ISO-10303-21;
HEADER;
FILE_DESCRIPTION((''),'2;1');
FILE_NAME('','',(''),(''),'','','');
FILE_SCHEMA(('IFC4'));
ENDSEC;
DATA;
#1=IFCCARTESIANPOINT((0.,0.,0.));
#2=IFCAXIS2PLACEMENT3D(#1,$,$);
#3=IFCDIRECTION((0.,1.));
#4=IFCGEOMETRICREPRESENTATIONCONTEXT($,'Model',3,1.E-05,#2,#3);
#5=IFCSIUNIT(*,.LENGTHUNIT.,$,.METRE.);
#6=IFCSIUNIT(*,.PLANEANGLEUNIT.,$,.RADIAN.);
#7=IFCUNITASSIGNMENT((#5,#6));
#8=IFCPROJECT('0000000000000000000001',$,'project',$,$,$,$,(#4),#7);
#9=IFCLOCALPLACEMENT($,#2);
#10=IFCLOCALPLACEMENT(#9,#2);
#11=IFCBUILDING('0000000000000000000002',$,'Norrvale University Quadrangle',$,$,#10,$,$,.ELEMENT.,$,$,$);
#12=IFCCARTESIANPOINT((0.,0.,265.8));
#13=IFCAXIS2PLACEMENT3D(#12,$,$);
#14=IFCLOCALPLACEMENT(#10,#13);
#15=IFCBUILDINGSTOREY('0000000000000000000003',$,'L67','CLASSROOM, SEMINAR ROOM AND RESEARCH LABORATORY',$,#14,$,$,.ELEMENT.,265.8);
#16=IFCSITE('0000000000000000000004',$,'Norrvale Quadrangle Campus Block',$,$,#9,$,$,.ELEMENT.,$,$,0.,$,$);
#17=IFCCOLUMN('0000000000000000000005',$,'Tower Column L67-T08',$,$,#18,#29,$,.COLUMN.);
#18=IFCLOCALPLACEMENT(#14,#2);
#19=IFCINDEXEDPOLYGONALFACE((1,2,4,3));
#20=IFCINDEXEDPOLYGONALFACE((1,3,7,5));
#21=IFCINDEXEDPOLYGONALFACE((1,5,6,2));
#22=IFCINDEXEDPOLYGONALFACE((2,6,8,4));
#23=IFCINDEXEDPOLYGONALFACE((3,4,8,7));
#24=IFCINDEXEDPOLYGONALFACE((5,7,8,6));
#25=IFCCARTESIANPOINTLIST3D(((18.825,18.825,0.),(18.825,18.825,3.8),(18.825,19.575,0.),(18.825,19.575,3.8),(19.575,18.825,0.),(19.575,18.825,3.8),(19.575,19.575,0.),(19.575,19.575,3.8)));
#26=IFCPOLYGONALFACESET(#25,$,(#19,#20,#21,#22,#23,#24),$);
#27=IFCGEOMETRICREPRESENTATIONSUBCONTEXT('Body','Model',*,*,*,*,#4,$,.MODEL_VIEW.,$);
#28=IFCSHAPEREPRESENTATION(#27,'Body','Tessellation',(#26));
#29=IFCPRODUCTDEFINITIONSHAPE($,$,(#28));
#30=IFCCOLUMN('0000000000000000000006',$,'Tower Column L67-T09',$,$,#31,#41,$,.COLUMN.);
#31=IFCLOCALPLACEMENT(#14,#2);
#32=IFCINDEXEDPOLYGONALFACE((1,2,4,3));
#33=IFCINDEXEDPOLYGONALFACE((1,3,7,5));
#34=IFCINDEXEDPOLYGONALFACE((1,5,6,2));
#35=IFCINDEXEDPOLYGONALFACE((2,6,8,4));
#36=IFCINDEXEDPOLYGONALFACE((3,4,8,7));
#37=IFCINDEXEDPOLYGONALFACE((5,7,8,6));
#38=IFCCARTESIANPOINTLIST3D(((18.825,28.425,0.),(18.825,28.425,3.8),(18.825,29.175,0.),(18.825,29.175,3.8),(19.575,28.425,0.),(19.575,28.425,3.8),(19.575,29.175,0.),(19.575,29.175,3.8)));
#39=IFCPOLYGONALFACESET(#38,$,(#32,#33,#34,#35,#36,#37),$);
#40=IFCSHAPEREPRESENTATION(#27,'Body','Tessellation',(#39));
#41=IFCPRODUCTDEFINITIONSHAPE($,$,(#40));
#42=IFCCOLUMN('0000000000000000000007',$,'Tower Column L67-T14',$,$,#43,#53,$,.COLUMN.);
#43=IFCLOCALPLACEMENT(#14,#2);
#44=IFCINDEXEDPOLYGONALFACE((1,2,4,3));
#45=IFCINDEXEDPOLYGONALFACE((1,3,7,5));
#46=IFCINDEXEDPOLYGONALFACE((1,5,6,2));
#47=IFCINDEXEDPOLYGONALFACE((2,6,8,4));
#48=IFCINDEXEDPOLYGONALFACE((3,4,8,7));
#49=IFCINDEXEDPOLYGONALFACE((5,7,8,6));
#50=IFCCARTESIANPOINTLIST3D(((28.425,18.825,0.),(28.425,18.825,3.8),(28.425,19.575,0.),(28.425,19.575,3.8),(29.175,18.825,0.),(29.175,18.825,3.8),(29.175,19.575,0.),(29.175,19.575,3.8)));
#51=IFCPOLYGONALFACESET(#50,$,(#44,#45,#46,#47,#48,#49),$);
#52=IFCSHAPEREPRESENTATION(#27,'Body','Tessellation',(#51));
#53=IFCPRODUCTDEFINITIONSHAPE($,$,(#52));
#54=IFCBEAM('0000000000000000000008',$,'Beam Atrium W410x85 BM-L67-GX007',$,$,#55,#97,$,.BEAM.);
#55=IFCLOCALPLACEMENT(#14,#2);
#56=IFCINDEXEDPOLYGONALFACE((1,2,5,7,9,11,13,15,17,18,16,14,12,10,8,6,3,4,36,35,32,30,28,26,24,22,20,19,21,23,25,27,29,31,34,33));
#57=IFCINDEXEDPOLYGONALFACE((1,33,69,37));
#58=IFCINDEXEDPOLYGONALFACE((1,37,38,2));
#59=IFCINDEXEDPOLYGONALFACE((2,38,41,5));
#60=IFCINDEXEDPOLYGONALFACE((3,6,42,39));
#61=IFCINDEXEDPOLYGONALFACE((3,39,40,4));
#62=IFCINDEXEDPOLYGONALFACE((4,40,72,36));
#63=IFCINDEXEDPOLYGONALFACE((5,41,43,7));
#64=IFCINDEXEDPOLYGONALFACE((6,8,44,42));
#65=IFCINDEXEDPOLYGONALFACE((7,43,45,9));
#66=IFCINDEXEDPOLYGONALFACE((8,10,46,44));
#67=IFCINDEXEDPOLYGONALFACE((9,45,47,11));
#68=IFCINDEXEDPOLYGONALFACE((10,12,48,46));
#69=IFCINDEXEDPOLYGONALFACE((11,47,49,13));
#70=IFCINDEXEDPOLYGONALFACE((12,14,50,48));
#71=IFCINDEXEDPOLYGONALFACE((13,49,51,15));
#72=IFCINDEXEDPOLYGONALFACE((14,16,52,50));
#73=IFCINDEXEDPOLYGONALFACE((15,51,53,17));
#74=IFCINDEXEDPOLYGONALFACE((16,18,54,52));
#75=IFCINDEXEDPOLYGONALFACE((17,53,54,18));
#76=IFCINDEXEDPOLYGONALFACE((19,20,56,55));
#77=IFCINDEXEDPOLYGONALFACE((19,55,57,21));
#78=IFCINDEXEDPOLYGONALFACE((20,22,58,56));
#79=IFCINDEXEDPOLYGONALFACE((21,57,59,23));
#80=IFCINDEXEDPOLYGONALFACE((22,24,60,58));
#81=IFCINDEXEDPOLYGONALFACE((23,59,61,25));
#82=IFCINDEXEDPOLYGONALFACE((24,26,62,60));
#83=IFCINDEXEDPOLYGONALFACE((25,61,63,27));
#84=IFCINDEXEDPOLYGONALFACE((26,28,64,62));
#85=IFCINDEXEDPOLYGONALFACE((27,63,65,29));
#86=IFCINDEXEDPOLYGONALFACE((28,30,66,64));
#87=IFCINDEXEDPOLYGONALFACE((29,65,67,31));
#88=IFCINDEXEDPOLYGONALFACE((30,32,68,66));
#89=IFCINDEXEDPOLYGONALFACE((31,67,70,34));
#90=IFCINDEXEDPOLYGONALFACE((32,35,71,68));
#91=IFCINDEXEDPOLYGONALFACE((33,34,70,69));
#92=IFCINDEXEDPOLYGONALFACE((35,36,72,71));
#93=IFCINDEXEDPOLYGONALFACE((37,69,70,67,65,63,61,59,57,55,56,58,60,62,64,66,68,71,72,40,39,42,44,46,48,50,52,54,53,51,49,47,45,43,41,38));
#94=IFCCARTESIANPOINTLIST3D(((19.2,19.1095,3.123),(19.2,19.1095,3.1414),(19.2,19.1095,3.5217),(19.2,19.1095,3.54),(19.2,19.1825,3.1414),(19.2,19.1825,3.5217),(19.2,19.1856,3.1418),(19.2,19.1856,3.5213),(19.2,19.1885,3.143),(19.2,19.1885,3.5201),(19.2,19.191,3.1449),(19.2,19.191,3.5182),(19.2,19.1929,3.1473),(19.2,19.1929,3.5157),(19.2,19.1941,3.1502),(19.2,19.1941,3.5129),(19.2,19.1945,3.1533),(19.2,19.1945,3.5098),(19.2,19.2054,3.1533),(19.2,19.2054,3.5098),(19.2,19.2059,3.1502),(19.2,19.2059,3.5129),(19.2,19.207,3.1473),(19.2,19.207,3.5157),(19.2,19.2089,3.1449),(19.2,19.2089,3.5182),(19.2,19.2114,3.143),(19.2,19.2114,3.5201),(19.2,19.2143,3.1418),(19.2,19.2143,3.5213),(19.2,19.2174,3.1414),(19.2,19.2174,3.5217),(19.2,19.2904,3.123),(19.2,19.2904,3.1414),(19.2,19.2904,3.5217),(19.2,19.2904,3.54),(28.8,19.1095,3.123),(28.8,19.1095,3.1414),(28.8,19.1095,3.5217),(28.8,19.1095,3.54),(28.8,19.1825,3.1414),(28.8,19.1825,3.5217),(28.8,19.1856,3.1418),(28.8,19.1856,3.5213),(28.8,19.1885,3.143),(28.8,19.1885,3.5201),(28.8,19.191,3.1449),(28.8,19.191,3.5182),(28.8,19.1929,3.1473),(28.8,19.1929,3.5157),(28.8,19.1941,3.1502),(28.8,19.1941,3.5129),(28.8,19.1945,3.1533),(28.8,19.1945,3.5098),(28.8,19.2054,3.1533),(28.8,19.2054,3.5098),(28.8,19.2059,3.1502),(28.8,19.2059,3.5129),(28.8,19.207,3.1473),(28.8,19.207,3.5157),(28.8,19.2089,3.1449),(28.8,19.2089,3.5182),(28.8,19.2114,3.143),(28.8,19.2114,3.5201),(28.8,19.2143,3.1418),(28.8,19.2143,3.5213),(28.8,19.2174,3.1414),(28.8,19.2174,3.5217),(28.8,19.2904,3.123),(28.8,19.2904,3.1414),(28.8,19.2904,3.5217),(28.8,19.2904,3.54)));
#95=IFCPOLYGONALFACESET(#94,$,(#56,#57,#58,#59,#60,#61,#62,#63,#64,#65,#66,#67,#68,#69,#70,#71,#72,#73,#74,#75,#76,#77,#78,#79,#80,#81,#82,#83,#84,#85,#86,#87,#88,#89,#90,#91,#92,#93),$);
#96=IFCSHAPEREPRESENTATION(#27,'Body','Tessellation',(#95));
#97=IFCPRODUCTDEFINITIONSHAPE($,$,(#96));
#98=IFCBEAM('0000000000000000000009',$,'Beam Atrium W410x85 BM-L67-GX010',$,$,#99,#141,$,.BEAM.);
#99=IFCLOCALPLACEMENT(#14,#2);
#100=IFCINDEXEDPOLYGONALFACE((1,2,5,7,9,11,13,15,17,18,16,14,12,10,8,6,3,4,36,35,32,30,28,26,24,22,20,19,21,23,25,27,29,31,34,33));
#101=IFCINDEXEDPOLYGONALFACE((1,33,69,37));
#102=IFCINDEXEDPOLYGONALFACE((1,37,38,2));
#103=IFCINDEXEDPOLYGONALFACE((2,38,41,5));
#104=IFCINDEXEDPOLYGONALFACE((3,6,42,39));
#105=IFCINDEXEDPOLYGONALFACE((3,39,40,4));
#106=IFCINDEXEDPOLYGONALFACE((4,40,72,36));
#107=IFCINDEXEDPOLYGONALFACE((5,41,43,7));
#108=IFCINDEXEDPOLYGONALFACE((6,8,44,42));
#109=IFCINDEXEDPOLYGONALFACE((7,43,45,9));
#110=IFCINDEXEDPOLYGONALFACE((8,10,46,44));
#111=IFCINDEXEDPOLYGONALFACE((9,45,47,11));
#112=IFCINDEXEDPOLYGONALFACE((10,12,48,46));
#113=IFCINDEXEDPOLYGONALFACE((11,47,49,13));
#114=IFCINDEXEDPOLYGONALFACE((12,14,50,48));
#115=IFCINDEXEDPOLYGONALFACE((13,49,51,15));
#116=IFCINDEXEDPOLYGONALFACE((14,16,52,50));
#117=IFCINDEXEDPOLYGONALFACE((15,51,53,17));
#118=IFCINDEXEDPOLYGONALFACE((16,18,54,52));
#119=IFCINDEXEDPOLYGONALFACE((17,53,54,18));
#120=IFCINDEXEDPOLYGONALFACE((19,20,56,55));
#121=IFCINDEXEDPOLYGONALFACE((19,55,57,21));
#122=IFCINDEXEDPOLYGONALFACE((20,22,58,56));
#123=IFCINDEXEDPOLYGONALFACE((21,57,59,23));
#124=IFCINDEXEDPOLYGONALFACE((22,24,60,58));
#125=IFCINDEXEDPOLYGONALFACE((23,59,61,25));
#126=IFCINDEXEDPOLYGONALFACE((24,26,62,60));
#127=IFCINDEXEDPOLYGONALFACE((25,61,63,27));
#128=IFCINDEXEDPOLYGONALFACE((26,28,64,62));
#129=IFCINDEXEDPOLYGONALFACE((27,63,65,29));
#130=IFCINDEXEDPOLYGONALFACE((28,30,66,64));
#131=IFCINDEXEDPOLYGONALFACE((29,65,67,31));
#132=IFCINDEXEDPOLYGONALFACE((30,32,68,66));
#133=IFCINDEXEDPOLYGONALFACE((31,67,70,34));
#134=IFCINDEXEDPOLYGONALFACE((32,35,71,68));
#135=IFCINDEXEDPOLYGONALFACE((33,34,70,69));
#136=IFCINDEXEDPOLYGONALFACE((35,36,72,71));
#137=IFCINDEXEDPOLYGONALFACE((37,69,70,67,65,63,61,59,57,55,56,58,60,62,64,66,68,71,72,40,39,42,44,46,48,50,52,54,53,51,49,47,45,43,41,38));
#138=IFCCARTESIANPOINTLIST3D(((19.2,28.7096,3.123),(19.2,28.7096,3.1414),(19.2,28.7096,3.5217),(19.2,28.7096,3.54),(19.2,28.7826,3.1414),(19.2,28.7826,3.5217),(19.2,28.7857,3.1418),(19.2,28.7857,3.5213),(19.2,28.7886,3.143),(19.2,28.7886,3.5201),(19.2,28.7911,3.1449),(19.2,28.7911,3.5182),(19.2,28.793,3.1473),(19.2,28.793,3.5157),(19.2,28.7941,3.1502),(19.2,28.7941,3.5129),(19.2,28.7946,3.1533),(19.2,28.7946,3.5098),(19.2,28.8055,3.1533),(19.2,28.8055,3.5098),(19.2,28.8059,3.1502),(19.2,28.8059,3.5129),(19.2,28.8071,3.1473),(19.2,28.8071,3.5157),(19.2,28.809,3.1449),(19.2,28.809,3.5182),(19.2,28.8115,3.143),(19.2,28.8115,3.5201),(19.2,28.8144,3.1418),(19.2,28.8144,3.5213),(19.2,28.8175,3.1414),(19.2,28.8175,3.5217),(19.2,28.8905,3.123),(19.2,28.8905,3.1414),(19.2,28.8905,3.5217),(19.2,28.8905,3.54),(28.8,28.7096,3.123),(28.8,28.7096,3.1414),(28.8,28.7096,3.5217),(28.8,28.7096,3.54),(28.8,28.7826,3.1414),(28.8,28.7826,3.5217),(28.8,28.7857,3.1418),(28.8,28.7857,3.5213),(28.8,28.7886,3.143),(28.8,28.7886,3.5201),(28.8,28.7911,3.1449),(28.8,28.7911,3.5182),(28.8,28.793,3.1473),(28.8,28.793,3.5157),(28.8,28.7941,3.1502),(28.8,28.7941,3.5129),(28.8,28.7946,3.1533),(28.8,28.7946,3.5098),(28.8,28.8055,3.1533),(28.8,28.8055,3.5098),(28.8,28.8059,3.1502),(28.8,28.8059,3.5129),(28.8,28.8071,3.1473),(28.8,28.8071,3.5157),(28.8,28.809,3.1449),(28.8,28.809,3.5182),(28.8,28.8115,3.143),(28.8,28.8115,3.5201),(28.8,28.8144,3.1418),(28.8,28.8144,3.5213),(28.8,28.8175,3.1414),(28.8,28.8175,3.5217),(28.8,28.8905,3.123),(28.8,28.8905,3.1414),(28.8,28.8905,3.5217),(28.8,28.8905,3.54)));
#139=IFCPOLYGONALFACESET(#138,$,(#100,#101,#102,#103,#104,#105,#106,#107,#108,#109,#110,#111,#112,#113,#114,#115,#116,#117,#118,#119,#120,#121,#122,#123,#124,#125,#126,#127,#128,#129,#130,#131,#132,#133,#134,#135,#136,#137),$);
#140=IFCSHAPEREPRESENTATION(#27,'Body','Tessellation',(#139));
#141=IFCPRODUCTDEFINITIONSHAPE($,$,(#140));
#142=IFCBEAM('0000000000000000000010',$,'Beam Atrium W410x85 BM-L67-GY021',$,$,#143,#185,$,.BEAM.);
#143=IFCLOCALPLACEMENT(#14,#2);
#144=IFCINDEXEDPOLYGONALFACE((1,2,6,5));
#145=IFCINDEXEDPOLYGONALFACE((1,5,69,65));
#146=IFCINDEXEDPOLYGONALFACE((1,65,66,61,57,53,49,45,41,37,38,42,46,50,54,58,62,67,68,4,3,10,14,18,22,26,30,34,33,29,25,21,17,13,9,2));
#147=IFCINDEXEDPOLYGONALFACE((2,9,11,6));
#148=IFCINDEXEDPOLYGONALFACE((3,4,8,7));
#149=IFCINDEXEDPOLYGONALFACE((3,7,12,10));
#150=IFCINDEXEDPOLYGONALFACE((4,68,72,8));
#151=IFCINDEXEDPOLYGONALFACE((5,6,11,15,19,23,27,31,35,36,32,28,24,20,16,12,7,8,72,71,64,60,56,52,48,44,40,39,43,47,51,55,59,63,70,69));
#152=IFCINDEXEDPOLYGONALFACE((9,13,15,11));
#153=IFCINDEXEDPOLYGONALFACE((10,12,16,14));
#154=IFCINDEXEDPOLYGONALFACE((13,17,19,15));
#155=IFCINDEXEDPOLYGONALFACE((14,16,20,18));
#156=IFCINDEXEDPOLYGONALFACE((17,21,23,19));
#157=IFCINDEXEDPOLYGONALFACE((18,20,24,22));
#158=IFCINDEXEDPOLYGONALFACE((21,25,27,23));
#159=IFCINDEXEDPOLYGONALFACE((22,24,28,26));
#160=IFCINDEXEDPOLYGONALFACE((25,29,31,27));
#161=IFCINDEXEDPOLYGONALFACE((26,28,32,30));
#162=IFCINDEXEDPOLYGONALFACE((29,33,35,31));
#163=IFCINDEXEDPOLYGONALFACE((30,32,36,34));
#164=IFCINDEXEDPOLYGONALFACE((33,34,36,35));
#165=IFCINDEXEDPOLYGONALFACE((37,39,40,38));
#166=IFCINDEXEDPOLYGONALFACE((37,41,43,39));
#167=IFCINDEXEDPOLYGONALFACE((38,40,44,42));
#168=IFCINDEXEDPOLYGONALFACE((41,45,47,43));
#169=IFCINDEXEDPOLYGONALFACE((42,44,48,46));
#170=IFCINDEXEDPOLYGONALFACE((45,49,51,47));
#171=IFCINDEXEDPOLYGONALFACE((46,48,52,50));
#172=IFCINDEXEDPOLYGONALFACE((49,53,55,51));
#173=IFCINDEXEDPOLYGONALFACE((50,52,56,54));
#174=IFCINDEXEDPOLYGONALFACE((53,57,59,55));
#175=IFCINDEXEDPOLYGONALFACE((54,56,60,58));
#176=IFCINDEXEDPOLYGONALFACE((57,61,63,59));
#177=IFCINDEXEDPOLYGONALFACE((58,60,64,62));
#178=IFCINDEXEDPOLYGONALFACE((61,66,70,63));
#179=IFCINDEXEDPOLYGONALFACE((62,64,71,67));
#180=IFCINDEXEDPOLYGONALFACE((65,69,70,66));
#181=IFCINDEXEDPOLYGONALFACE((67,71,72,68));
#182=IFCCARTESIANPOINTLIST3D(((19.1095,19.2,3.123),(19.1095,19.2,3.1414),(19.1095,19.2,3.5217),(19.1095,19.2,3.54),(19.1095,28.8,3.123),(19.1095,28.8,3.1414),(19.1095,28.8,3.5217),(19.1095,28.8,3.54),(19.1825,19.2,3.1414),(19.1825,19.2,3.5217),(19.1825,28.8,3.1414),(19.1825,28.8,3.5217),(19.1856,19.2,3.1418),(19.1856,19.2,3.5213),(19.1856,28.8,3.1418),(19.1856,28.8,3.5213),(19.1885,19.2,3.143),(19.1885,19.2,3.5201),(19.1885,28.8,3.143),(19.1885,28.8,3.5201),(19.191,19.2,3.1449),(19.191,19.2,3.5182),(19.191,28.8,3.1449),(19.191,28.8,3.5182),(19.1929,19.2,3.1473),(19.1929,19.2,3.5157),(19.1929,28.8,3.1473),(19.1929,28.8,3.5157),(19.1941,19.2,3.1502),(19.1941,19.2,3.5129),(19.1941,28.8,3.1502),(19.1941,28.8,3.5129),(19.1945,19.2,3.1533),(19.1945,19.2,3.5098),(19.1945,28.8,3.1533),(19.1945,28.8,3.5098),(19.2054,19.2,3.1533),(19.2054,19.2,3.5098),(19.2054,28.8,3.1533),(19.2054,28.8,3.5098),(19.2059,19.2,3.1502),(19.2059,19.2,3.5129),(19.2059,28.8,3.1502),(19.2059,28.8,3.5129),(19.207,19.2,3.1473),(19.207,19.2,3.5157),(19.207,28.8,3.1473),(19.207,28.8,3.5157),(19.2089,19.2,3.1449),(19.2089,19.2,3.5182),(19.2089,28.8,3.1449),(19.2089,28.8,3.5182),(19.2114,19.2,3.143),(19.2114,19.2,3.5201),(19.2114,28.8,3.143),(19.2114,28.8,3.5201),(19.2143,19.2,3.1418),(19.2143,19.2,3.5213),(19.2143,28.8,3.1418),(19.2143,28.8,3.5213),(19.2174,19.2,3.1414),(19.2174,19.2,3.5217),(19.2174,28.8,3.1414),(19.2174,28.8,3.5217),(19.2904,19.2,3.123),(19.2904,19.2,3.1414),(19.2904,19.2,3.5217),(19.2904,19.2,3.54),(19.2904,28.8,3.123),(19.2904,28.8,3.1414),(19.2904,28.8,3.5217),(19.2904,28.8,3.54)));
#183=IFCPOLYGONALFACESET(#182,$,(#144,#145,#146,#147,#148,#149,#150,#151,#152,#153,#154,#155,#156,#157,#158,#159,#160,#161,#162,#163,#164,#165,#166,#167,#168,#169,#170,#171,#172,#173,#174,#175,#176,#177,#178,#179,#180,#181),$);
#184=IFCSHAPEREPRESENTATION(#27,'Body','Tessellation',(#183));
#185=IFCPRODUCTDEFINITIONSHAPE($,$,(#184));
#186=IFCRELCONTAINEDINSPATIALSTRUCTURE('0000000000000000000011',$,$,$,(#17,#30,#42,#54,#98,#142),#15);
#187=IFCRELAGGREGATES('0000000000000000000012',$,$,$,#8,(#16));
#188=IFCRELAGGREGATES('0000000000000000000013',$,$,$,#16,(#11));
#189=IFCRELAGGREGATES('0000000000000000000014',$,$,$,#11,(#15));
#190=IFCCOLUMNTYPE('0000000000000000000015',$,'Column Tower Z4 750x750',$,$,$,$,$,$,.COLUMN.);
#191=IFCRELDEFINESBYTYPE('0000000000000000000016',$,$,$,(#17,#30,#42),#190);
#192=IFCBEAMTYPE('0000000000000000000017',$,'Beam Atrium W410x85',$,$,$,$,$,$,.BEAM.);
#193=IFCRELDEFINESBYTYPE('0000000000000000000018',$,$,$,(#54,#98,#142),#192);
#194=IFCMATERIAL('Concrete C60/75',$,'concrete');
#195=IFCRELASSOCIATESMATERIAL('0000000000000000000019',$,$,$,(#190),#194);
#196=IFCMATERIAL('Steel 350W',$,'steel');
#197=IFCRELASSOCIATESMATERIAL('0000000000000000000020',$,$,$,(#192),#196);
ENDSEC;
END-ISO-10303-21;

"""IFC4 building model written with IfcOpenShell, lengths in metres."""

from ifc_helpers import new_model, si_unit, direction, frame, origin, origin_2d, place, context, subcontext, project, spatial, rectangle, i_section, extrude, material, material_profile, profile_set, type_object, element, save


model = new_model("IFC4")

# Units and contexts
model_context = context("Model", 3, precision=1e-05, world=origin(), true_north=direction((0.0, 1.0)))
body_context = subcontext(model_context, "Body", "Model", "MODEL_VIEW")
ifc_project = project(units=[si_unit("LENGTHUNIT", "METRE"), si_unit("PLANEANGLEUNIT", "RADIAN")], contexts=[model_context])

# Site, building, storey
site_placement = place(None, origin())
site = spatial("IfcSite", under=ifc_project, at=site_placement, Name="Norrvale Quadrangle Campus Block", CompositionType="ELEMENT", RefElevation=0.0)
building_placement = place(site_placement, origin())
building = spatial("IfcBuilding", under=site, at=building_placement, Name="Norrvale University Quadrangle", CompositionType="ELEMENT")
storey_placement = place(building_placement, frame((0.0, 0.0, 265.8)))
storey = spatial("IfcBuildingStorey", under=building, at=storey_placement, Name="L67", Description="CLASSROOM, SEMINAR ROOM AND RESEARCH LABORATORY", CompositionType="ELEMENT", Elevation=265.8)

# Columns
ifc_material_1 = material(Name="Concrete C60/75", Category="concrete")
ifc_material_profile_1 = material_profile(ifc_material_1, rectangle(XDim=0.75, YDim=0.75, at=origin_2d()), Name="Concrete C60/75")
ifc_profile_set_1 = profile_set([ifc_material_profile_1], Name="Concrete C60/75")
column_type = type_object("IfcColumnType", Name="Column Tower Z4 750x750", PredefinedType="COLUMN", material=ifc_profile_set_1)
for number, where, z_axis, x_axis, name in (
    (1, (19.2, 19.2, 0.0), (0.0, 0.0, 1.0), (1.0, 0.0, 0.0), "Tower Column L67-T08"),
    (2, (19.2, 28.8, 0.0), (0.0, 0.0, 1.0), (1.0, 0.0, 0.0), "Tower Column L67-T09"),
    (3, (28.8, 19.2, 0.0), (0.0, 0.0, 1.0), (1.0, 0.0, 0.0), "Tower Column L67-T14"),
):
    element("IfcColumn", number, at=place(storey_placement, frame(where, z_axis=z_axis, x_axis=x_axis)), inside=storey, type_object=column_type, Name=name, PredefinedType="COLUMN", context=body_context, shape_type="SweptSolid", body=[
        extrude(rectangle(XDim=0.75, YDim=0.75, at=origin_2d()), origin(), (0.0, 0.0, 1.0), 3.8),
    ])

# Beams
ifc_material_2 = material(Name="Steel 350W", Category="steel")
ifc_material_profile_2 = material_profile(ifc_material_2, i_section(OverallWidth=0.1809, OverallDepth=0.417, WebThickness=0.011, FlangeThickness=0.0183, FilletRadius=0.012, at=origin_2d()), Name="Steel 350W")
ifc_profile_set_2 = profile_set([ifc_material_profile_2], Name="Steel 350W")
beam_type_1 = type_object("IfcBeamType", Name="Beam Atrium W410x85", PredefinedType="BEAM", material=ifc_profile_set_2)
for number, where, z_axis, x_axis, name in (
    (4, (19.2, 19.2, 3.3315), (1.0, 0.0, 0.0), (0.0, 1.0, 0.0), "Beam Atrium W410x85 BM-L67-GX007"),
    (5, (19.2, 28.8, 3.3315), (1.0, 0.0, 0.0), (0.0, 1.0, 0.0), "Beam Atrium W410x85 BM-L67-GX010"),
    (6, (19.2, 19.2, 3.3315), (0.0, 1.0, 0.0), (-1.0, 0.0, 0.0), "Beam Atrium W410x85 BM-L67-GY021"),
):
    element("IfcBeam", number, at=place(storey_placement, frame(where, z_axis=z_axis, x_axis=x_axis)), inside=storey, type_object=beam_type_1, Name=name, PredefinedType="BEAM", context=body_context, shape_type="SweptSolid", body=[
        extrude(i_section(OverallWidth=0.1809, OverallDepth=0.417, WebThickness=0.011, FlangeThickness=0.0183, FilletRadius=0.012, at=origin_2d()), origin(), (0.0, 0.0, 1.0), 9.6001),
    ])

save(model, "model.ifc")
